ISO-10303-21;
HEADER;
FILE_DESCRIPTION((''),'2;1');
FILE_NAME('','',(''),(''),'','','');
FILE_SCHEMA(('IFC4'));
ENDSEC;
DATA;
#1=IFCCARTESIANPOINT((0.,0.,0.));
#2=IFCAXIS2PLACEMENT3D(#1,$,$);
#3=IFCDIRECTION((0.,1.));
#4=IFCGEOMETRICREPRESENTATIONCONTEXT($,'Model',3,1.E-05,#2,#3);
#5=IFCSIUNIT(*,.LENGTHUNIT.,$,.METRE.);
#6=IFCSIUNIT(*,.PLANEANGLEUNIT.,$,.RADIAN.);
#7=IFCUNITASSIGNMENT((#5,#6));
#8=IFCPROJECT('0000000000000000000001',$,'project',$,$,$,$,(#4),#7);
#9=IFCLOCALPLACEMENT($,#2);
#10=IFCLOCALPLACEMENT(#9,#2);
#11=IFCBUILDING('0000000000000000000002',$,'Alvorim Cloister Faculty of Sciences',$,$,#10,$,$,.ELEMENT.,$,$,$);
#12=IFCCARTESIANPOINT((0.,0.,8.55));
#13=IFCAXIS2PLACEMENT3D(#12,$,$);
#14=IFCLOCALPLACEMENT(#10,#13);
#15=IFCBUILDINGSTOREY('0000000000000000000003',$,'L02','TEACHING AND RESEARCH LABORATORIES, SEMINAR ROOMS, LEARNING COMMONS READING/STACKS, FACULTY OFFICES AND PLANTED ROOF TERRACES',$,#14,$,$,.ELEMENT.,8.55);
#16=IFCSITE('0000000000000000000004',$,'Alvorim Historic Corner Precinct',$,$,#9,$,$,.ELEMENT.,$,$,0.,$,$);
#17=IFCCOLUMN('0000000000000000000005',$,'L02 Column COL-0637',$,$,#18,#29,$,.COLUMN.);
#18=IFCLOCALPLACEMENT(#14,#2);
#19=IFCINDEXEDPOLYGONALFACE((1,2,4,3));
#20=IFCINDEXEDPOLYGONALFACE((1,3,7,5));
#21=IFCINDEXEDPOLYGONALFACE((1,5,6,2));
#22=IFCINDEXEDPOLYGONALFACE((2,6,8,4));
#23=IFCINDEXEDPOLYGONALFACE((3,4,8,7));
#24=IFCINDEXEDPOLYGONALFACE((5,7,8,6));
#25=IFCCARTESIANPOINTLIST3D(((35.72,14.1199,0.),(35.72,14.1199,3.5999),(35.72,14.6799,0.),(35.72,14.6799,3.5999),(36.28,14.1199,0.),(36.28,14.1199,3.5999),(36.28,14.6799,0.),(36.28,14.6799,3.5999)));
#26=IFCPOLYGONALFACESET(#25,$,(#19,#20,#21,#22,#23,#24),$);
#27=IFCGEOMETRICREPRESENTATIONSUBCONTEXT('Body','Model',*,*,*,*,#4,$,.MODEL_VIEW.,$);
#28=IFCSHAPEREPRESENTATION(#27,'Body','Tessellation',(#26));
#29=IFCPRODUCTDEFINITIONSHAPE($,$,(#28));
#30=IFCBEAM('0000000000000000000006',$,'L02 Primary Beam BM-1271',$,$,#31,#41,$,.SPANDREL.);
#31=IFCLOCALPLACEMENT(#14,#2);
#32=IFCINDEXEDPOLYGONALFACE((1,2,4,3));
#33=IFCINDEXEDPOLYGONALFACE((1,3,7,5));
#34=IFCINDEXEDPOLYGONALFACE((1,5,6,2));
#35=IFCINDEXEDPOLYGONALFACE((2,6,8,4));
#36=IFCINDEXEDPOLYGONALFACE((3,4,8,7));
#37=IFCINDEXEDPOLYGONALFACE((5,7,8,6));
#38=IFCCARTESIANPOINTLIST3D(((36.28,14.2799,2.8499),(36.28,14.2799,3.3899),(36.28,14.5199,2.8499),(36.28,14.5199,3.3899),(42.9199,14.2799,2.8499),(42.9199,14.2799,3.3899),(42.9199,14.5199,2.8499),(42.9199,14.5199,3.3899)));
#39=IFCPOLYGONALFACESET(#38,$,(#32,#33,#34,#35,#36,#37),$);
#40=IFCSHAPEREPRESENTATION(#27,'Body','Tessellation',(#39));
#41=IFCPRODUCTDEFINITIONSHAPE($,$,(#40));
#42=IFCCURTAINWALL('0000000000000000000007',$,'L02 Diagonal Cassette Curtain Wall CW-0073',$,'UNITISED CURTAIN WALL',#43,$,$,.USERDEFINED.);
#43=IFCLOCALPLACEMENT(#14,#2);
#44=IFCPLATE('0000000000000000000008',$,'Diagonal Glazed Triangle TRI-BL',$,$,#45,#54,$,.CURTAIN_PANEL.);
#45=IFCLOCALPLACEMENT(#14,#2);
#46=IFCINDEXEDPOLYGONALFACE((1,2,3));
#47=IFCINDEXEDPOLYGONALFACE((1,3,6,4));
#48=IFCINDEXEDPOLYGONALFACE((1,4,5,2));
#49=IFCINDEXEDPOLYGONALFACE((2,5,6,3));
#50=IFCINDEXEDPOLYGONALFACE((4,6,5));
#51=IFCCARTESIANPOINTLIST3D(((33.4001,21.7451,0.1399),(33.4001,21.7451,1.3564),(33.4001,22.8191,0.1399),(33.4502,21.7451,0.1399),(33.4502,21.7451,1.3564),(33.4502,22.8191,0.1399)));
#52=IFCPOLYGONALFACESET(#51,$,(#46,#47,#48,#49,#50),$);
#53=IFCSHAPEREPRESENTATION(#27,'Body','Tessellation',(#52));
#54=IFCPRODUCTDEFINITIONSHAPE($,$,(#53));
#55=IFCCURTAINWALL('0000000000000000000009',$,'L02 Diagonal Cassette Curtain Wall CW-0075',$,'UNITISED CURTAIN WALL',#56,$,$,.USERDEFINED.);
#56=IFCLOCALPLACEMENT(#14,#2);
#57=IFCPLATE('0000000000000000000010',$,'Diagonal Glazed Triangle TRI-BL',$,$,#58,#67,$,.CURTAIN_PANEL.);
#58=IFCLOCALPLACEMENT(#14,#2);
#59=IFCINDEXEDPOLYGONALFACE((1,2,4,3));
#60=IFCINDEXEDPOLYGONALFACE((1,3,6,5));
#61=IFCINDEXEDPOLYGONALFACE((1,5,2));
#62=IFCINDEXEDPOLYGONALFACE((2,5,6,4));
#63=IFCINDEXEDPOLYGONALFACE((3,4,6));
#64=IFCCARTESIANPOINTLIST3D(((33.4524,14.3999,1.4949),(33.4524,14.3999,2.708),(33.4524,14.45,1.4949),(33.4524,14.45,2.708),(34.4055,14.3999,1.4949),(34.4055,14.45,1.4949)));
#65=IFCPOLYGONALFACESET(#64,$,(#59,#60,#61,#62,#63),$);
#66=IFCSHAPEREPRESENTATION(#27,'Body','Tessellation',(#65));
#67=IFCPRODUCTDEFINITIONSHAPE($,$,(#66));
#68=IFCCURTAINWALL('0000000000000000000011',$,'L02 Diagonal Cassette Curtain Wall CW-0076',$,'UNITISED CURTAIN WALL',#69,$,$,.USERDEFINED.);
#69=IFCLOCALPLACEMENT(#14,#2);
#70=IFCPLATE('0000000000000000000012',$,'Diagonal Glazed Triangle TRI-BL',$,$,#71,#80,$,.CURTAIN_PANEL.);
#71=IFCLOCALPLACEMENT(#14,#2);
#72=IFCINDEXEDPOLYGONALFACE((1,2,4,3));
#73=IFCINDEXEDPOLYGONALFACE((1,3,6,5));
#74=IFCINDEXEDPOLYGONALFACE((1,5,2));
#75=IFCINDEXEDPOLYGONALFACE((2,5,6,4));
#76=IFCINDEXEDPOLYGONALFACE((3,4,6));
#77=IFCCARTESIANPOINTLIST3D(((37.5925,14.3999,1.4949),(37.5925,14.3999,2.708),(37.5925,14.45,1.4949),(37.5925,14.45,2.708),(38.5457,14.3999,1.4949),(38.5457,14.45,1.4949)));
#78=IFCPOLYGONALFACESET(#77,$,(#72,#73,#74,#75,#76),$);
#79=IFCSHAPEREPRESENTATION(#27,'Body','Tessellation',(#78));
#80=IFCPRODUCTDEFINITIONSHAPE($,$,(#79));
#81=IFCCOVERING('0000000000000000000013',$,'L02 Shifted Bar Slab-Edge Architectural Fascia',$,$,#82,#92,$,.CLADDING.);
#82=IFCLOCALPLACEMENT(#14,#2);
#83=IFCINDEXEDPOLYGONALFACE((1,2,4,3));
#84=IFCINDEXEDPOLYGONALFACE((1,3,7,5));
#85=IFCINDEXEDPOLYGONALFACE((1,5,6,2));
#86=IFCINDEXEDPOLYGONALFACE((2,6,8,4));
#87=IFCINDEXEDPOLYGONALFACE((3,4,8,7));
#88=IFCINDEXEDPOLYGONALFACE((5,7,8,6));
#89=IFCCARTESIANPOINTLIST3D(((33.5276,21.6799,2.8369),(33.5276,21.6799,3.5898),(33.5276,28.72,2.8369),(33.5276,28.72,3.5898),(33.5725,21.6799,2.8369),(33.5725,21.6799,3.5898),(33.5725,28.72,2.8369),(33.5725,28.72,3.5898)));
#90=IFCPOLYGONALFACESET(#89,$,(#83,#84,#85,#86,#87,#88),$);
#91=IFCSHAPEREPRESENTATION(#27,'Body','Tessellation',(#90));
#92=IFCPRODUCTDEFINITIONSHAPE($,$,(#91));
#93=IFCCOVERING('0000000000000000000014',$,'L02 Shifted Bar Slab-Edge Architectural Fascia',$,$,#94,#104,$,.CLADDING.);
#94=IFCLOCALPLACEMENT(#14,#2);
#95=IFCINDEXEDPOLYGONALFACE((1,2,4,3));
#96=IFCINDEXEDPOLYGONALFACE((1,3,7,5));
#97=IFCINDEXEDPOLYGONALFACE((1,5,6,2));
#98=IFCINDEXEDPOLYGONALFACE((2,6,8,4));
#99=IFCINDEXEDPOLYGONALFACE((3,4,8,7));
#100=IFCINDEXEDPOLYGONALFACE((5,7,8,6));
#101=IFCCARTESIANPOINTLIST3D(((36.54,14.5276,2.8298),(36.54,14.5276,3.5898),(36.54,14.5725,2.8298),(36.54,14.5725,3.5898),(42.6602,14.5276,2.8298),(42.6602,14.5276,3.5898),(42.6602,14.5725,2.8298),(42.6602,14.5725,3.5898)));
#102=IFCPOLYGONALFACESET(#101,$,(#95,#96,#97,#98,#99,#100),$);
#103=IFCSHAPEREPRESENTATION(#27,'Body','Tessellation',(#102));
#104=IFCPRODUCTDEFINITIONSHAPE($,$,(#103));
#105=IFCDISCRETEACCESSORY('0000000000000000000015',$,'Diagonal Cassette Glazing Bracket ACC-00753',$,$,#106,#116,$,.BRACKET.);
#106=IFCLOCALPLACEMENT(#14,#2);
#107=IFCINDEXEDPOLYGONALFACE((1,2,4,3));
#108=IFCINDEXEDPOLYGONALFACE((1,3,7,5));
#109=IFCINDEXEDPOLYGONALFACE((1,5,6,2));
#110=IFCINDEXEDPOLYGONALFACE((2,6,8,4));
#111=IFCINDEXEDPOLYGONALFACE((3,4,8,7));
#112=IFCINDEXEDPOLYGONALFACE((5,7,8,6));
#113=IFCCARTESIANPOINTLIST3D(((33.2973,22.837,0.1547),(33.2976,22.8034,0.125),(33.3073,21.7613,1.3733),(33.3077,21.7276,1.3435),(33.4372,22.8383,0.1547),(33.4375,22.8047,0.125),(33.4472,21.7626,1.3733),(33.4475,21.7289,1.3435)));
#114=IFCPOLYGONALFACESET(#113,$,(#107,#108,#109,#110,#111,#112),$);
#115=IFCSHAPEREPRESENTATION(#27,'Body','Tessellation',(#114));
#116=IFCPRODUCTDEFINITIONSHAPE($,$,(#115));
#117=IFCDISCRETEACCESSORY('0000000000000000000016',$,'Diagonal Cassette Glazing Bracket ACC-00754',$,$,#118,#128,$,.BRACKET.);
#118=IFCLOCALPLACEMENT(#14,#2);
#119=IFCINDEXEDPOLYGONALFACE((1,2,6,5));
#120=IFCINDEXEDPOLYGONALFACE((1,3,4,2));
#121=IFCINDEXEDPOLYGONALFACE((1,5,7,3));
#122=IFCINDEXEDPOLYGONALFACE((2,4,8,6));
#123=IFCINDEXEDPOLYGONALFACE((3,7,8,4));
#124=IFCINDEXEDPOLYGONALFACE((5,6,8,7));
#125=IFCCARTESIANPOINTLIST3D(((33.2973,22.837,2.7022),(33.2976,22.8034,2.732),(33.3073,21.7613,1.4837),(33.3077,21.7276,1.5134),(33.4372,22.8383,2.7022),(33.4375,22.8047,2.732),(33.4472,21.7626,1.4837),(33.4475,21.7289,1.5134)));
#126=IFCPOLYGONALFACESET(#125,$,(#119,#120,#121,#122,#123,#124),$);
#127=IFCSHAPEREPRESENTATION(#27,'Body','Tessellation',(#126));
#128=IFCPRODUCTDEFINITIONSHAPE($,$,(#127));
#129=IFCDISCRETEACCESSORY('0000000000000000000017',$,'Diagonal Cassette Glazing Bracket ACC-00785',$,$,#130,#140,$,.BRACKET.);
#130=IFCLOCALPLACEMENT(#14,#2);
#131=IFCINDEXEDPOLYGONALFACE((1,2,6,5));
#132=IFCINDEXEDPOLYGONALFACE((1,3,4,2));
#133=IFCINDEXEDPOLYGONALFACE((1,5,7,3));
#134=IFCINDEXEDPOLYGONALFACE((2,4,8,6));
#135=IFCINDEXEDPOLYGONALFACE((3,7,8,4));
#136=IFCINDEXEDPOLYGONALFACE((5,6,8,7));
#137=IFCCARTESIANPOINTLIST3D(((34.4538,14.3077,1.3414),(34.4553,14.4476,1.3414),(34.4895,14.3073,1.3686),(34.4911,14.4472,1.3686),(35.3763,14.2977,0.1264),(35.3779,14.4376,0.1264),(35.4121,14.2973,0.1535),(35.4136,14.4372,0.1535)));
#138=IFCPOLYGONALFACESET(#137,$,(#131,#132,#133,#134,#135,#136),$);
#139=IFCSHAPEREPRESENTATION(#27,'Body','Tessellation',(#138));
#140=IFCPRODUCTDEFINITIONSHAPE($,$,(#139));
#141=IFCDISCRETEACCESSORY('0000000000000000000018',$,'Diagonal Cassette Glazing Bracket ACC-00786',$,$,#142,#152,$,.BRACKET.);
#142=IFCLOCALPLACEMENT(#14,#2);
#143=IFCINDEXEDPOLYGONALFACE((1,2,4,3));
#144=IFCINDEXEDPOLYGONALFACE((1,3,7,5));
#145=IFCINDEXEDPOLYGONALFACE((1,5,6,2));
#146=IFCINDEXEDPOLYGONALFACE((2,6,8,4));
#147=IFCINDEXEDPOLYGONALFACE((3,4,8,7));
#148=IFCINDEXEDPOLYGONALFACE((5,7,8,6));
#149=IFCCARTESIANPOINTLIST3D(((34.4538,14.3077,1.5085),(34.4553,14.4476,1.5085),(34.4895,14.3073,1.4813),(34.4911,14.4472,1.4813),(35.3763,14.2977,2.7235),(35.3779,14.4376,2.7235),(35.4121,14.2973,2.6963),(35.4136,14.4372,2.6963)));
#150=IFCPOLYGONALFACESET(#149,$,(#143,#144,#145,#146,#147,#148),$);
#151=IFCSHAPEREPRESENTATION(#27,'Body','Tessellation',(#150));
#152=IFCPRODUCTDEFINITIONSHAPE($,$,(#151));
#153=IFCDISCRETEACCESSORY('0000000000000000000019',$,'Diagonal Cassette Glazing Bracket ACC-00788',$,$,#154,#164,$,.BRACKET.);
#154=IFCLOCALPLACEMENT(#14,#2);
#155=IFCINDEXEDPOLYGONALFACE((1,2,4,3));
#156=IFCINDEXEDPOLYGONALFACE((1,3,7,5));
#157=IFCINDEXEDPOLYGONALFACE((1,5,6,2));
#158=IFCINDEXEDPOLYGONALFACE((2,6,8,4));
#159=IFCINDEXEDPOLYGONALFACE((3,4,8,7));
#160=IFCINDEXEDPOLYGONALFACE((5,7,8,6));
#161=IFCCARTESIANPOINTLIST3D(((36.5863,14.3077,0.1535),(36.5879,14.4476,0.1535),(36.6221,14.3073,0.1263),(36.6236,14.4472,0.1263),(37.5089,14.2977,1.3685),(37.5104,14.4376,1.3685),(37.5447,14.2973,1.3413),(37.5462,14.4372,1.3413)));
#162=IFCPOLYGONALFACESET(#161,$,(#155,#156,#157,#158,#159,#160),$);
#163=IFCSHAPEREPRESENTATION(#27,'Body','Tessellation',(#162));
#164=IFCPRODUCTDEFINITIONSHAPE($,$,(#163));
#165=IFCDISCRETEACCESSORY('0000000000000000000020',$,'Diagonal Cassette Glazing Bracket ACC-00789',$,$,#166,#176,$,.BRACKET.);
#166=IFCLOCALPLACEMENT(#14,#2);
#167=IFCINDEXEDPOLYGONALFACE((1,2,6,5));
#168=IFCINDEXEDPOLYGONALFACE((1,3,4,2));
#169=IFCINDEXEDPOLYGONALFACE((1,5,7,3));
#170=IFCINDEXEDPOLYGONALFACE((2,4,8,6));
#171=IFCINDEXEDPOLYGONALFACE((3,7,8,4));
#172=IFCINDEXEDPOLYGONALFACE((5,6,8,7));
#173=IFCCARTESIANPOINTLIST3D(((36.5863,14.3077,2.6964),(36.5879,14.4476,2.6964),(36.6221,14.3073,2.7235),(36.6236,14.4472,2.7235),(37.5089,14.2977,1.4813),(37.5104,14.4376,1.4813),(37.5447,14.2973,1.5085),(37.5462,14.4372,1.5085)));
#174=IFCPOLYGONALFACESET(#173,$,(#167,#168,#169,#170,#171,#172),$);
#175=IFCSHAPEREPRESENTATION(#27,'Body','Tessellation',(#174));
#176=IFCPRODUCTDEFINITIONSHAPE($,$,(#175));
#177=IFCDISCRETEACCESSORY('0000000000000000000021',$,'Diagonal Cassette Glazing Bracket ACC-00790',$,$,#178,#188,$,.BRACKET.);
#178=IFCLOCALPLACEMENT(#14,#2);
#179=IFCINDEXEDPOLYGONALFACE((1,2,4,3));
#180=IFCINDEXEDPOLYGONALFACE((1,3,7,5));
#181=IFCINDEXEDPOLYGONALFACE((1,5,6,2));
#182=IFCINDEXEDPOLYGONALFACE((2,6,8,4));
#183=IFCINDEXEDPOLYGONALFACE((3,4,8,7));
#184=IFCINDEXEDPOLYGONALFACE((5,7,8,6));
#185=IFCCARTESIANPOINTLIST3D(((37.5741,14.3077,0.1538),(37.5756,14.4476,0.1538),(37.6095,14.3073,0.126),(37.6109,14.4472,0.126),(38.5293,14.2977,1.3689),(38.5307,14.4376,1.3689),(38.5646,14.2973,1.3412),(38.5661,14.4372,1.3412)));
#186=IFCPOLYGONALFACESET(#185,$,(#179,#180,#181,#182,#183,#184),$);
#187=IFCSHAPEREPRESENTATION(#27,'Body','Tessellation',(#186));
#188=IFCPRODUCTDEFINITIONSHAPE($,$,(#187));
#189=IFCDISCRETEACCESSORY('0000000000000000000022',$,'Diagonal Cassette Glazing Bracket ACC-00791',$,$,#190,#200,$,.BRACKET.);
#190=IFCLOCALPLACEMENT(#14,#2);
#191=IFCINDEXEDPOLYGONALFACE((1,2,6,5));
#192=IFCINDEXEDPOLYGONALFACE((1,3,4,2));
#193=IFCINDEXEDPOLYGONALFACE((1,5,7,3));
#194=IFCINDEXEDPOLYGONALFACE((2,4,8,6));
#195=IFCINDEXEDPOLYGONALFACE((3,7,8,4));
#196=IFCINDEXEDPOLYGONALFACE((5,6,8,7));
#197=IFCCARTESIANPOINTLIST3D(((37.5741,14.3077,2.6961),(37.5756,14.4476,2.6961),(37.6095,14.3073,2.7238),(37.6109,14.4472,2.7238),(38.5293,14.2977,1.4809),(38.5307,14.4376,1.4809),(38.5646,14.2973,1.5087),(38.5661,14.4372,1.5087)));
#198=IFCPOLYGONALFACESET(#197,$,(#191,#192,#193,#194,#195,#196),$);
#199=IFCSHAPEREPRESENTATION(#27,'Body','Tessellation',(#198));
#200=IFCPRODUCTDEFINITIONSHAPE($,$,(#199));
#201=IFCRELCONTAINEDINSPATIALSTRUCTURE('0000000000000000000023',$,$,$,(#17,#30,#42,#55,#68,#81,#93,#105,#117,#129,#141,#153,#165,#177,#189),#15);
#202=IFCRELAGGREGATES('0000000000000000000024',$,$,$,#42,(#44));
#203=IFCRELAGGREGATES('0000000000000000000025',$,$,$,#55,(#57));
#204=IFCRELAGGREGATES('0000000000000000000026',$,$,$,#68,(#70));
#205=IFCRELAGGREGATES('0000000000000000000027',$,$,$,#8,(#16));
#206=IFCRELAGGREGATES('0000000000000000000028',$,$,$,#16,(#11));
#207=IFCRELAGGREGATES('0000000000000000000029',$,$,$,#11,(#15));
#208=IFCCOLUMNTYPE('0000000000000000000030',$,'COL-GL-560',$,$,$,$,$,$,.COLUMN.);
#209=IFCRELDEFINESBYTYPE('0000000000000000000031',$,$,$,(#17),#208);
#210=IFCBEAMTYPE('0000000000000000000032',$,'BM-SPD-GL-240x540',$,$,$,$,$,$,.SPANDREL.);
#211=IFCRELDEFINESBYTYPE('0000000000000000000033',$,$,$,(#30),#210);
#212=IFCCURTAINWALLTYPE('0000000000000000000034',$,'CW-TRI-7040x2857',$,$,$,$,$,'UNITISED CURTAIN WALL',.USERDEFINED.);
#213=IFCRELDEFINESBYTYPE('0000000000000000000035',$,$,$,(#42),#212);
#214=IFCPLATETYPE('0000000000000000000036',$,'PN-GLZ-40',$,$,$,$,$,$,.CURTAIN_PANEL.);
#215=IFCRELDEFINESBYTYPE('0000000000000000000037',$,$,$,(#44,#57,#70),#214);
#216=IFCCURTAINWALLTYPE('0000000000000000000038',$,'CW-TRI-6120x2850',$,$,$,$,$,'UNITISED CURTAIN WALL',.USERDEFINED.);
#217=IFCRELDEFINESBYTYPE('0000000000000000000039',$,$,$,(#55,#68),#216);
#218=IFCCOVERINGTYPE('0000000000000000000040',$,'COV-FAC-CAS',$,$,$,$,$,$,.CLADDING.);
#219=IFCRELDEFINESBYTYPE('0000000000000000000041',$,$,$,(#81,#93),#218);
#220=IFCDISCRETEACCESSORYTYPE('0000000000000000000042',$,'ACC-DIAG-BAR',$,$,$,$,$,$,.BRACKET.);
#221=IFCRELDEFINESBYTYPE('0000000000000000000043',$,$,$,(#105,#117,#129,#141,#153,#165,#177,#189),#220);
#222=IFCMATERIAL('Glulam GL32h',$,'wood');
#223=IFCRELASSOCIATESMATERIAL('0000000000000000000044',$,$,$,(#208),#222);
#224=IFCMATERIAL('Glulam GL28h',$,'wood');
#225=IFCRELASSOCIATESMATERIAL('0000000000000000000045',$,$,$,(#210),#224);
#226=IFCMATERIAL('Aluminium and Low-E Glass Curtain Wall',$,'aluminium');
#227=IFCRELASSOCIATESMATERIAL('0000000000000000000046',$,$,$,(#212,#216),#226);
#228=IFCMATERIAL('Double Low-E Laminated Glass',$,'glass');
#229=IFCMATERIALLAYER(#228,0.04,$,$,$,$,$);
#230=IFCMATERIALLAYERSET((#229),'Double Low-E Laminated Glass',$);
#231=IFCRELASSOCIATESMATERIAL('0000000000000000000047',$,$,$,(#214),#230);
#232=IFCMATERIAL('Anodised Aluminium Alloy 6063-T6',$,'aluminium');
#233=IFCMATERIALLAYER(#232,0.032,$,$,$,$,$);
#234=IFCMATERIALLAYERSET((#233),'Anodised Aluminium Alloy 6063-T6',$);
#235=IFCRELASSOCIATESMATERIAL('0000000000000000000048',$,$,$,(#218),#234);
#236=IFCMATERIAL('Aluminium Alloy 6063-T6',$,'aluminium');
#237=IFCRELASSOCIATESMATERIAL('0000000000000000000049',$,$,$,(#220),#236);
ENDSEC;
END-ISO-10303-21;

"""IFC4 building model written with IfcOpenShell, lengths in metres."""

from ifc_helpers import new_model, si_unit, direction, frame, origin, origin_2d, place, context, subcontext, project, spatial, polyline, rectangle, outline, extrude, material, layer, layer_set, material_profile, profile_set, type_object, element, aggregate, save


model = new_model("IFC4")

# Units and contexts
model_context = context("Model", 3, precision=1e-05, world=origin(), true_north=direction((0.0, 1.0)))
body_context = subcontext(model_context, "Body", "Model", "MODEL_VIEW")
ifc_project = project(units=[si_unit("LENGTHUNIT", "METRE"), si_unit("PLANEANGLEUNIT", "RADIAN")], contexts=[model_context])

# Site, building, storey
site_placement = place(None, origin())
site = spatial("IfcSite", under=ifc_project, at=site_placement, Name="Alvorim Historic Corner Precinct", CompositionType="ELEMENT", RefElevation=0.0)
building_placement = place(site_placement, origin())
building = spatial("IfcBuilding", under=site, at=building_placement, Name="Alvorim Cloister Faculty of Sciences", CompositionType="ELEMENT")
storey_placement = place(building_placement, frame((0.0, 0.0, 8.55)))
storey = spatial("IfcBuildingStorey", under=building, at=storey_placement, Name="L02", Description="TEACHING AND RESEARCH LABORATORIES, SEMINAR ROOMS, LEARNING COMMONS READING/STACKS, FACULTY OFFICES AND PLANTED ROOF TERRACES", CompositionType="ELEMENT", Elevation=8.55)

# Column
ifc_material_1 = material(Name="Glulam GL32h", Category="wood")
ifc_material_profile_1 = material_profile(ifc_material_1, rectangle(XDim=0.5601, YDim=0.5601, at=origin_2d()), Name="GL32-COL-560x560")
ifc_profile_set_1 = profile_set([ifc_material_profile_1], Name="Glulam GL32h")
column_type = type_object("IfcColumnType", Name="COL-GL-560", PredefinedType="COLUMN", material=ifc_profile_set_1)
column_placement = place(storey_placement, frame((36.0, 14.3999, 0.0), z_axis=(0.0, 0.0, 1.0), x_axis=(1.0, 0.0, 0.0)))
element("IfcColumn", 1, at=column_placement, inside=storey, type_object=column_type, Name="L02 Column COL-0637", PredefinedType="COLUMN", context=body_context, shape_type="SweptSolid", body=[
    extrude(rectangle(XDim=0.5601, YDim=0.5601, at=origin_2d()), origin(), (0.0, 0.0, 1.0), 3.5999),
])

# Beam
ifc_material_2 = material(Name="Glulam GL28h", Category="wood")
ifc_material_profile_2 = material_profile(ifc_material_2, rectangle(XDim=0.24, YDim=0.54, at=origin_2d()), Name="GL28-SPD-240x540")
ifc_profile_set_2 = profile_set([ifc_material_profile_2], Name="Glulam GL28h")
beam_type = type_object("IfcBeamType", Name="BM-SPD-GL-240x540", PredefinedType="SPANDREL", material=ifc_profile_set_2)
beam_placement = place(storey_placement, frame((36.28, 14.3999, 3.1199), z_axis=(1.0, 0.0, 0.0), x_axis=(0.0, 1.0, 0.0)))
element("IfcBeam", 2, at=beam_placement, inside=storey, type_object=beam_type, Name="L02 Primary Beam BM-1271", PredefinedType="SPANDREL", context=body_context, shape_type="SweptSolid", body=[
    extrude(rectangle(XDim=0.24, YDim=0.54, at=origin_2d()), origin(), (0.0, 0.0, 1.0), 6.6399),
])

# Curtain wall, plate
ifc_material_3 = material(Name="Aluminium and Low-E Glass Curtain Wall", Category="aluminium")
curtain_wall_type_1 = type_object("IfcCurtainWallType", Name="CW-TRI-7040x2857", ElementType="UNITISED CURTAIN WALL", PredefinedType="USERDEFINED", material=ifc_material_3)
curtain_wall_1_placement = place(storey_placement, origin())
curtain_wall_1 = element("IfcCurtainWall", 3, at=curtain_wall_1_placement, inside=storey, type_object=curtain_wall_type_1, Name="L02 Diagonal Cassette Curtain Wall CW-0073", ObjectType="UNITISED CURTAIN WALL", PredefinedType="USERDEFINED")
ifc_material_4 = material(Name="Double Low-E Laminated Glass", Category="glass")
ifc_layer_1 = layer(ifc_material_4, 0.04)
ifc_layer_set_1 = layer_set([ifc_layer_1], Name="Double Low-E Laminated Glass")
plate_type = type_object("IfcPlateType", Name="PN-GLZ-40", PredefinedType="CURTAIN_PANEL", material=ifc_layer_set_1)
plate_1_placement = place(storey_placement, frame((33.425, 21.7451, 0.1399), z_axis=(0.0, 0.0, 1.0), x_axis=(0.0, 1.0, 0.0)))
plate_1 = element("IfcPlate", 4, at=plate_1_placement, type_object=plate_type, Name="Diagonal Glazed Triangle TRI-BL", PredefinedType="CURTAIN_PANEL", context=body_context, shape_type="SweptSolid", body=[
    extrude(outline(polyline([(0.0, 0.0), (1.074, 0.0), (0.0, 1.2166), (0.0, 0.0)])), frame((0.0, 0.0249, 0.0), z_axis=(0.0, -1.0, 0.0), x_axis=(1.0, 0.0, 0.0)), (0.0, 0.0, 1.0), 0.05),
])
aggregate(curtain_wall_1, [plate_1])

# Curtain walls, plates
curtain_wall_type_2 = type_object("IfcCurtainWallType", Name="CW-TRI-6120x2850", ElementType="UNITISED CURTAIN WALL", PredefinedType="USERDEFINED", material=ifc_material_3)
curtain_wall_2_placement = place(storey_placement, origin())
curtain_wall_2 = element("IfcCurtainWall", 5, at=curtain_wall_2_placement, inside=storey, type_object=curtain_wall_type_2, Name="L02 Diagonal Cassette Curtain Wall CW-0075", ObjectType="UNITISED CURTAIN WALL", PredefinedType="USERDEFINED")
plate_2_placement = place(storey_placement, frame((33.4524, 14.425, 1.4949), z_axis=(0.0, 0.0, 1.0), x_axis=(1.0, 0.0, 0.0)))
plate_2 = element("IfcPlate", 6, at=plate_2_placement, type_object=plate_type, Name="Diagonal Glazed Triangle TRI-BL", PredefinedType="CURTAIN_PANEL", context=body_context, shape_type="SweptSolid", body=[
    extrude(outline(polyline([(0.0, 0.0), (0.9531, 0.0), (0.0, 1.2131), (0.0, 0.0)])), frame((0.0, 0.0249, 0.0), z_axis=(0.0, -1.0, 0.0), x_axis=(1.0, 0.0, 0.0)), (0.0, 0.0, 1.0), 0.05),
])
aggregate(curtain_wall_2, [plate_2])
curtain_wall_3_placement = place(storey_placement, origin())
curtain_wall_3 = element("IfcCurtainWall", 7, at=curtain_wall_3_placement, inside=storey, type_object=curtain_wall_type_2, Name="L02 Diagonal Cassette Curtain Wall CW-0076", ObjectType="UNITISED CURTAIN WALL", PredefinedType="USERDEFINED")
plate_3_placement = place(storey_placement, frame((37.5925, 14.425, 1.4949), z_axis=(0.0, 0.0, 1.0), x_axis=(1.0, 0.0, 0.0)))
plate_3 = element("IfcPlate", 8, at=plate_3_placement, type_object=plate_type, Name="Diagonal Glazed Triangle TRI-BL", PredefinedType="CURTAIN_PANEL", context=body_context, shape_type="SweptSolid", body=[
    extrude(outline(polyline([(0.0, 0.0), (0.9531, 0.0), (0.0, 1.2131), (0.0, 0.0)])), frame((0.0, 0.0249, 0.0), z_axis=(0.0, -1.0, 0.0), x_axis=(1.0, 0.0, 0.0)), (0.0, 0.0, 1.0), 0.05),
])
aggregate(curtain_wall_3, [plate_3])

# Coverings
ifc_material_5 = material(Name="Anodised Aluminium Alloy 6063-T6", Category="aluminium")
ifc_layer_2 = layer(ifc_material_5, 0.032)
ifc_layer_set_2 = layer_set([ifc_layer_2], Name="Anodised Aluminium Alloy 6063-T6")
covering_type = type_object("IfcCoveringType", Name="COV-FAC-CAS", PredefinedType="CLADDING", material=ifc_layer_set_2)
covering_1_placement = place(storey_placement, frame((33.55, 21.6799, 2.8369), z_axis=(0.0, 0.0, 1.0), x_axis=(0.0, 1.0, 0.0)))
element("IfcCovering", 9, at=covering_1_placement, inside=storey, type_object=covering_type, Name="L02 Shifted Bar Slab-Edge Architectural Fascia", PredefinedType="CLADDING", context=body_context, shape_type="SweptSolid", body=[
    extrude(outline(polyline([(0.0, 0.0), (7.04, 0.0), (7.04, 0.7529), (0.0, 0.7529), (0.0, 0.0)])), frame((0.0, 0.0225, 0.0), z_axis=(0.0, -1.0, 0.0), x_axis=(1.0, 0.0, 0.0)), (0.0, 0.0, 1.0), 0.0449),
])
covering_2_placement = place(storey_placement, frame((36.54, 14.55, 2.8298), z_axis=(0.0, 0.0, 1.0), x_axis=(1.0, 0.0, 0.0)))
element("IfcCovering", 10, at=covering_2_placement, inside=storey, type_object=covering_type, Name="L02 Shifted Bar Slab-Edge Architectural Fascia", PredefinedType="CLADDING", context=body_context, shape_type="SweptSolid", body=[
    extrude(outline(polyline([(0.0, 0.0), (6.1201, 0.0), (6.1201, 0.76), (0.0, 0.76), (0.0, 0.0)])), frame((0.0, 0.0225, 0.0), z_axis=(0.0, -1.0, 0.0), x_axis=(1.0, 0.0, 0.0)), (0.0, 0.0, 1.0), 0.0449),
])

# Discrete accessories
ifc_material_6 = material(Name="Aluminium Alloy 6063-T6", Category="aluminium")
discrete_accessory_type = type_object("IfcDiscreteAccessoryType", Name="ACC-DIAG-BAR", PredefinedType="BRACKET", material=ifc_material_6)
for number, where, z_axis, x_axis, name in (
    (11, (33.3774, 21.7451, 1.3584), (-0.006158, 0.661793, -0.749661), (-0.999957, -0.009305, 0.0), "Diagonal Cassette Glazing Bracket ACC-00753"),
    (12, (33.3774, 21.7451, 1.4985), (-0.006158, 0.661793, 0.749661), (-0.999957, -0.009305, 0.0), "Diagonal Cassette Glazing Bracket ACC-00754"),
):
    element("IfcDiscreteAccessory", number, at=place(storey_placement, frame(where, z_axis=z_axis, x_axis=x_axis)), inside=storey, type_object=discrete_accessory_type, Name=name, PredefinedType="BRACKET", context=body_context, shape_type="SweptSolid", body=[
        extrude(rectangle(XDim=0.1399, YDim=0.0449, at=origin_2d()), origin(), (0.0, 0.0, 1.0), 1.6255),
    ])
for number, where, z_axis, x_axis, name in (
    (13, (34.4724, 14.3774, 1.355), (0.604713, -0.006561, -0.796416), (0.010849, 0.999941, 0.0), "Diagonal Cassette Glazing Bracket ACC-00785"),
    (14, (34.4724, 14.3774, 1.4949), (0.604713, -0.006561, 0.796416), (0.010849, 0.999941, 0.0), "Diagonal Cassette Glazing Bracket ACC-00786"),
    (15, (36.605, 14.3774, 0.1399), (0.604713, -0.006561, 0.796416), (0.010849, 0.999941, 0.0), "Diagonal Cassette Glazing Bracket ACC-00788"),
    (16, (36.605, 14.3774, 2.71), (0.604713, -0.006561, -0.796416), (0.010849, 0.999941, 0.0), "Diagonal Cassette Glazing Bracket ACC-00789"),
):
    element("IfcDiscreteAccessory", number, at=place(storey_placement, frame(where, z_axis=z_axis, x_axis=x_axis)), inside=storey, type_object=discrete_accessory_type, Name=name, PredefinedType="BRACKET", context=body_context, shape_type="SweptSolid", body=[
        extrude(rectangle(XDim=0.1399, YDim=0.0449, at=origin_2d()), origin(), (0.0, 0.0, 1.0), 1.5256),
    ])
for number, where, z_axis, x_axis, name in (
    (17, (37.5925, 14.3774, 0.1399), (0.617955, -0.006477, 0.786187), (0.01048, 0.999945, 0.0), "Diagonal Cassette Glazing Bracket ACC-00790"),
    (18, (37.5925, 14.3774, 2.71), (0.617955, -0.006477, -0.786187), (0.01048, 0.999945, 0.0), "Diagonal Cassette Glazing Bracket ACC-00791"),
):
    element("IfcDiscreteAccessory", number, at=place(storey_placement, frame(where, z_axis=z_axis, x_axis=x_axis)), inside=storey, type_object=discrete_accessory_type, Name=name, PredefinedType="BRACKET", context=body_context, shape_type="SweptSolid", body=[
        extrude(rectangle(XDim=0.1399, YDim=0.0449, at=origin_2d()), origin(), (0.0, 0.0, 1.0), 1.5457),
    ])

save(model, "model.ifc")
